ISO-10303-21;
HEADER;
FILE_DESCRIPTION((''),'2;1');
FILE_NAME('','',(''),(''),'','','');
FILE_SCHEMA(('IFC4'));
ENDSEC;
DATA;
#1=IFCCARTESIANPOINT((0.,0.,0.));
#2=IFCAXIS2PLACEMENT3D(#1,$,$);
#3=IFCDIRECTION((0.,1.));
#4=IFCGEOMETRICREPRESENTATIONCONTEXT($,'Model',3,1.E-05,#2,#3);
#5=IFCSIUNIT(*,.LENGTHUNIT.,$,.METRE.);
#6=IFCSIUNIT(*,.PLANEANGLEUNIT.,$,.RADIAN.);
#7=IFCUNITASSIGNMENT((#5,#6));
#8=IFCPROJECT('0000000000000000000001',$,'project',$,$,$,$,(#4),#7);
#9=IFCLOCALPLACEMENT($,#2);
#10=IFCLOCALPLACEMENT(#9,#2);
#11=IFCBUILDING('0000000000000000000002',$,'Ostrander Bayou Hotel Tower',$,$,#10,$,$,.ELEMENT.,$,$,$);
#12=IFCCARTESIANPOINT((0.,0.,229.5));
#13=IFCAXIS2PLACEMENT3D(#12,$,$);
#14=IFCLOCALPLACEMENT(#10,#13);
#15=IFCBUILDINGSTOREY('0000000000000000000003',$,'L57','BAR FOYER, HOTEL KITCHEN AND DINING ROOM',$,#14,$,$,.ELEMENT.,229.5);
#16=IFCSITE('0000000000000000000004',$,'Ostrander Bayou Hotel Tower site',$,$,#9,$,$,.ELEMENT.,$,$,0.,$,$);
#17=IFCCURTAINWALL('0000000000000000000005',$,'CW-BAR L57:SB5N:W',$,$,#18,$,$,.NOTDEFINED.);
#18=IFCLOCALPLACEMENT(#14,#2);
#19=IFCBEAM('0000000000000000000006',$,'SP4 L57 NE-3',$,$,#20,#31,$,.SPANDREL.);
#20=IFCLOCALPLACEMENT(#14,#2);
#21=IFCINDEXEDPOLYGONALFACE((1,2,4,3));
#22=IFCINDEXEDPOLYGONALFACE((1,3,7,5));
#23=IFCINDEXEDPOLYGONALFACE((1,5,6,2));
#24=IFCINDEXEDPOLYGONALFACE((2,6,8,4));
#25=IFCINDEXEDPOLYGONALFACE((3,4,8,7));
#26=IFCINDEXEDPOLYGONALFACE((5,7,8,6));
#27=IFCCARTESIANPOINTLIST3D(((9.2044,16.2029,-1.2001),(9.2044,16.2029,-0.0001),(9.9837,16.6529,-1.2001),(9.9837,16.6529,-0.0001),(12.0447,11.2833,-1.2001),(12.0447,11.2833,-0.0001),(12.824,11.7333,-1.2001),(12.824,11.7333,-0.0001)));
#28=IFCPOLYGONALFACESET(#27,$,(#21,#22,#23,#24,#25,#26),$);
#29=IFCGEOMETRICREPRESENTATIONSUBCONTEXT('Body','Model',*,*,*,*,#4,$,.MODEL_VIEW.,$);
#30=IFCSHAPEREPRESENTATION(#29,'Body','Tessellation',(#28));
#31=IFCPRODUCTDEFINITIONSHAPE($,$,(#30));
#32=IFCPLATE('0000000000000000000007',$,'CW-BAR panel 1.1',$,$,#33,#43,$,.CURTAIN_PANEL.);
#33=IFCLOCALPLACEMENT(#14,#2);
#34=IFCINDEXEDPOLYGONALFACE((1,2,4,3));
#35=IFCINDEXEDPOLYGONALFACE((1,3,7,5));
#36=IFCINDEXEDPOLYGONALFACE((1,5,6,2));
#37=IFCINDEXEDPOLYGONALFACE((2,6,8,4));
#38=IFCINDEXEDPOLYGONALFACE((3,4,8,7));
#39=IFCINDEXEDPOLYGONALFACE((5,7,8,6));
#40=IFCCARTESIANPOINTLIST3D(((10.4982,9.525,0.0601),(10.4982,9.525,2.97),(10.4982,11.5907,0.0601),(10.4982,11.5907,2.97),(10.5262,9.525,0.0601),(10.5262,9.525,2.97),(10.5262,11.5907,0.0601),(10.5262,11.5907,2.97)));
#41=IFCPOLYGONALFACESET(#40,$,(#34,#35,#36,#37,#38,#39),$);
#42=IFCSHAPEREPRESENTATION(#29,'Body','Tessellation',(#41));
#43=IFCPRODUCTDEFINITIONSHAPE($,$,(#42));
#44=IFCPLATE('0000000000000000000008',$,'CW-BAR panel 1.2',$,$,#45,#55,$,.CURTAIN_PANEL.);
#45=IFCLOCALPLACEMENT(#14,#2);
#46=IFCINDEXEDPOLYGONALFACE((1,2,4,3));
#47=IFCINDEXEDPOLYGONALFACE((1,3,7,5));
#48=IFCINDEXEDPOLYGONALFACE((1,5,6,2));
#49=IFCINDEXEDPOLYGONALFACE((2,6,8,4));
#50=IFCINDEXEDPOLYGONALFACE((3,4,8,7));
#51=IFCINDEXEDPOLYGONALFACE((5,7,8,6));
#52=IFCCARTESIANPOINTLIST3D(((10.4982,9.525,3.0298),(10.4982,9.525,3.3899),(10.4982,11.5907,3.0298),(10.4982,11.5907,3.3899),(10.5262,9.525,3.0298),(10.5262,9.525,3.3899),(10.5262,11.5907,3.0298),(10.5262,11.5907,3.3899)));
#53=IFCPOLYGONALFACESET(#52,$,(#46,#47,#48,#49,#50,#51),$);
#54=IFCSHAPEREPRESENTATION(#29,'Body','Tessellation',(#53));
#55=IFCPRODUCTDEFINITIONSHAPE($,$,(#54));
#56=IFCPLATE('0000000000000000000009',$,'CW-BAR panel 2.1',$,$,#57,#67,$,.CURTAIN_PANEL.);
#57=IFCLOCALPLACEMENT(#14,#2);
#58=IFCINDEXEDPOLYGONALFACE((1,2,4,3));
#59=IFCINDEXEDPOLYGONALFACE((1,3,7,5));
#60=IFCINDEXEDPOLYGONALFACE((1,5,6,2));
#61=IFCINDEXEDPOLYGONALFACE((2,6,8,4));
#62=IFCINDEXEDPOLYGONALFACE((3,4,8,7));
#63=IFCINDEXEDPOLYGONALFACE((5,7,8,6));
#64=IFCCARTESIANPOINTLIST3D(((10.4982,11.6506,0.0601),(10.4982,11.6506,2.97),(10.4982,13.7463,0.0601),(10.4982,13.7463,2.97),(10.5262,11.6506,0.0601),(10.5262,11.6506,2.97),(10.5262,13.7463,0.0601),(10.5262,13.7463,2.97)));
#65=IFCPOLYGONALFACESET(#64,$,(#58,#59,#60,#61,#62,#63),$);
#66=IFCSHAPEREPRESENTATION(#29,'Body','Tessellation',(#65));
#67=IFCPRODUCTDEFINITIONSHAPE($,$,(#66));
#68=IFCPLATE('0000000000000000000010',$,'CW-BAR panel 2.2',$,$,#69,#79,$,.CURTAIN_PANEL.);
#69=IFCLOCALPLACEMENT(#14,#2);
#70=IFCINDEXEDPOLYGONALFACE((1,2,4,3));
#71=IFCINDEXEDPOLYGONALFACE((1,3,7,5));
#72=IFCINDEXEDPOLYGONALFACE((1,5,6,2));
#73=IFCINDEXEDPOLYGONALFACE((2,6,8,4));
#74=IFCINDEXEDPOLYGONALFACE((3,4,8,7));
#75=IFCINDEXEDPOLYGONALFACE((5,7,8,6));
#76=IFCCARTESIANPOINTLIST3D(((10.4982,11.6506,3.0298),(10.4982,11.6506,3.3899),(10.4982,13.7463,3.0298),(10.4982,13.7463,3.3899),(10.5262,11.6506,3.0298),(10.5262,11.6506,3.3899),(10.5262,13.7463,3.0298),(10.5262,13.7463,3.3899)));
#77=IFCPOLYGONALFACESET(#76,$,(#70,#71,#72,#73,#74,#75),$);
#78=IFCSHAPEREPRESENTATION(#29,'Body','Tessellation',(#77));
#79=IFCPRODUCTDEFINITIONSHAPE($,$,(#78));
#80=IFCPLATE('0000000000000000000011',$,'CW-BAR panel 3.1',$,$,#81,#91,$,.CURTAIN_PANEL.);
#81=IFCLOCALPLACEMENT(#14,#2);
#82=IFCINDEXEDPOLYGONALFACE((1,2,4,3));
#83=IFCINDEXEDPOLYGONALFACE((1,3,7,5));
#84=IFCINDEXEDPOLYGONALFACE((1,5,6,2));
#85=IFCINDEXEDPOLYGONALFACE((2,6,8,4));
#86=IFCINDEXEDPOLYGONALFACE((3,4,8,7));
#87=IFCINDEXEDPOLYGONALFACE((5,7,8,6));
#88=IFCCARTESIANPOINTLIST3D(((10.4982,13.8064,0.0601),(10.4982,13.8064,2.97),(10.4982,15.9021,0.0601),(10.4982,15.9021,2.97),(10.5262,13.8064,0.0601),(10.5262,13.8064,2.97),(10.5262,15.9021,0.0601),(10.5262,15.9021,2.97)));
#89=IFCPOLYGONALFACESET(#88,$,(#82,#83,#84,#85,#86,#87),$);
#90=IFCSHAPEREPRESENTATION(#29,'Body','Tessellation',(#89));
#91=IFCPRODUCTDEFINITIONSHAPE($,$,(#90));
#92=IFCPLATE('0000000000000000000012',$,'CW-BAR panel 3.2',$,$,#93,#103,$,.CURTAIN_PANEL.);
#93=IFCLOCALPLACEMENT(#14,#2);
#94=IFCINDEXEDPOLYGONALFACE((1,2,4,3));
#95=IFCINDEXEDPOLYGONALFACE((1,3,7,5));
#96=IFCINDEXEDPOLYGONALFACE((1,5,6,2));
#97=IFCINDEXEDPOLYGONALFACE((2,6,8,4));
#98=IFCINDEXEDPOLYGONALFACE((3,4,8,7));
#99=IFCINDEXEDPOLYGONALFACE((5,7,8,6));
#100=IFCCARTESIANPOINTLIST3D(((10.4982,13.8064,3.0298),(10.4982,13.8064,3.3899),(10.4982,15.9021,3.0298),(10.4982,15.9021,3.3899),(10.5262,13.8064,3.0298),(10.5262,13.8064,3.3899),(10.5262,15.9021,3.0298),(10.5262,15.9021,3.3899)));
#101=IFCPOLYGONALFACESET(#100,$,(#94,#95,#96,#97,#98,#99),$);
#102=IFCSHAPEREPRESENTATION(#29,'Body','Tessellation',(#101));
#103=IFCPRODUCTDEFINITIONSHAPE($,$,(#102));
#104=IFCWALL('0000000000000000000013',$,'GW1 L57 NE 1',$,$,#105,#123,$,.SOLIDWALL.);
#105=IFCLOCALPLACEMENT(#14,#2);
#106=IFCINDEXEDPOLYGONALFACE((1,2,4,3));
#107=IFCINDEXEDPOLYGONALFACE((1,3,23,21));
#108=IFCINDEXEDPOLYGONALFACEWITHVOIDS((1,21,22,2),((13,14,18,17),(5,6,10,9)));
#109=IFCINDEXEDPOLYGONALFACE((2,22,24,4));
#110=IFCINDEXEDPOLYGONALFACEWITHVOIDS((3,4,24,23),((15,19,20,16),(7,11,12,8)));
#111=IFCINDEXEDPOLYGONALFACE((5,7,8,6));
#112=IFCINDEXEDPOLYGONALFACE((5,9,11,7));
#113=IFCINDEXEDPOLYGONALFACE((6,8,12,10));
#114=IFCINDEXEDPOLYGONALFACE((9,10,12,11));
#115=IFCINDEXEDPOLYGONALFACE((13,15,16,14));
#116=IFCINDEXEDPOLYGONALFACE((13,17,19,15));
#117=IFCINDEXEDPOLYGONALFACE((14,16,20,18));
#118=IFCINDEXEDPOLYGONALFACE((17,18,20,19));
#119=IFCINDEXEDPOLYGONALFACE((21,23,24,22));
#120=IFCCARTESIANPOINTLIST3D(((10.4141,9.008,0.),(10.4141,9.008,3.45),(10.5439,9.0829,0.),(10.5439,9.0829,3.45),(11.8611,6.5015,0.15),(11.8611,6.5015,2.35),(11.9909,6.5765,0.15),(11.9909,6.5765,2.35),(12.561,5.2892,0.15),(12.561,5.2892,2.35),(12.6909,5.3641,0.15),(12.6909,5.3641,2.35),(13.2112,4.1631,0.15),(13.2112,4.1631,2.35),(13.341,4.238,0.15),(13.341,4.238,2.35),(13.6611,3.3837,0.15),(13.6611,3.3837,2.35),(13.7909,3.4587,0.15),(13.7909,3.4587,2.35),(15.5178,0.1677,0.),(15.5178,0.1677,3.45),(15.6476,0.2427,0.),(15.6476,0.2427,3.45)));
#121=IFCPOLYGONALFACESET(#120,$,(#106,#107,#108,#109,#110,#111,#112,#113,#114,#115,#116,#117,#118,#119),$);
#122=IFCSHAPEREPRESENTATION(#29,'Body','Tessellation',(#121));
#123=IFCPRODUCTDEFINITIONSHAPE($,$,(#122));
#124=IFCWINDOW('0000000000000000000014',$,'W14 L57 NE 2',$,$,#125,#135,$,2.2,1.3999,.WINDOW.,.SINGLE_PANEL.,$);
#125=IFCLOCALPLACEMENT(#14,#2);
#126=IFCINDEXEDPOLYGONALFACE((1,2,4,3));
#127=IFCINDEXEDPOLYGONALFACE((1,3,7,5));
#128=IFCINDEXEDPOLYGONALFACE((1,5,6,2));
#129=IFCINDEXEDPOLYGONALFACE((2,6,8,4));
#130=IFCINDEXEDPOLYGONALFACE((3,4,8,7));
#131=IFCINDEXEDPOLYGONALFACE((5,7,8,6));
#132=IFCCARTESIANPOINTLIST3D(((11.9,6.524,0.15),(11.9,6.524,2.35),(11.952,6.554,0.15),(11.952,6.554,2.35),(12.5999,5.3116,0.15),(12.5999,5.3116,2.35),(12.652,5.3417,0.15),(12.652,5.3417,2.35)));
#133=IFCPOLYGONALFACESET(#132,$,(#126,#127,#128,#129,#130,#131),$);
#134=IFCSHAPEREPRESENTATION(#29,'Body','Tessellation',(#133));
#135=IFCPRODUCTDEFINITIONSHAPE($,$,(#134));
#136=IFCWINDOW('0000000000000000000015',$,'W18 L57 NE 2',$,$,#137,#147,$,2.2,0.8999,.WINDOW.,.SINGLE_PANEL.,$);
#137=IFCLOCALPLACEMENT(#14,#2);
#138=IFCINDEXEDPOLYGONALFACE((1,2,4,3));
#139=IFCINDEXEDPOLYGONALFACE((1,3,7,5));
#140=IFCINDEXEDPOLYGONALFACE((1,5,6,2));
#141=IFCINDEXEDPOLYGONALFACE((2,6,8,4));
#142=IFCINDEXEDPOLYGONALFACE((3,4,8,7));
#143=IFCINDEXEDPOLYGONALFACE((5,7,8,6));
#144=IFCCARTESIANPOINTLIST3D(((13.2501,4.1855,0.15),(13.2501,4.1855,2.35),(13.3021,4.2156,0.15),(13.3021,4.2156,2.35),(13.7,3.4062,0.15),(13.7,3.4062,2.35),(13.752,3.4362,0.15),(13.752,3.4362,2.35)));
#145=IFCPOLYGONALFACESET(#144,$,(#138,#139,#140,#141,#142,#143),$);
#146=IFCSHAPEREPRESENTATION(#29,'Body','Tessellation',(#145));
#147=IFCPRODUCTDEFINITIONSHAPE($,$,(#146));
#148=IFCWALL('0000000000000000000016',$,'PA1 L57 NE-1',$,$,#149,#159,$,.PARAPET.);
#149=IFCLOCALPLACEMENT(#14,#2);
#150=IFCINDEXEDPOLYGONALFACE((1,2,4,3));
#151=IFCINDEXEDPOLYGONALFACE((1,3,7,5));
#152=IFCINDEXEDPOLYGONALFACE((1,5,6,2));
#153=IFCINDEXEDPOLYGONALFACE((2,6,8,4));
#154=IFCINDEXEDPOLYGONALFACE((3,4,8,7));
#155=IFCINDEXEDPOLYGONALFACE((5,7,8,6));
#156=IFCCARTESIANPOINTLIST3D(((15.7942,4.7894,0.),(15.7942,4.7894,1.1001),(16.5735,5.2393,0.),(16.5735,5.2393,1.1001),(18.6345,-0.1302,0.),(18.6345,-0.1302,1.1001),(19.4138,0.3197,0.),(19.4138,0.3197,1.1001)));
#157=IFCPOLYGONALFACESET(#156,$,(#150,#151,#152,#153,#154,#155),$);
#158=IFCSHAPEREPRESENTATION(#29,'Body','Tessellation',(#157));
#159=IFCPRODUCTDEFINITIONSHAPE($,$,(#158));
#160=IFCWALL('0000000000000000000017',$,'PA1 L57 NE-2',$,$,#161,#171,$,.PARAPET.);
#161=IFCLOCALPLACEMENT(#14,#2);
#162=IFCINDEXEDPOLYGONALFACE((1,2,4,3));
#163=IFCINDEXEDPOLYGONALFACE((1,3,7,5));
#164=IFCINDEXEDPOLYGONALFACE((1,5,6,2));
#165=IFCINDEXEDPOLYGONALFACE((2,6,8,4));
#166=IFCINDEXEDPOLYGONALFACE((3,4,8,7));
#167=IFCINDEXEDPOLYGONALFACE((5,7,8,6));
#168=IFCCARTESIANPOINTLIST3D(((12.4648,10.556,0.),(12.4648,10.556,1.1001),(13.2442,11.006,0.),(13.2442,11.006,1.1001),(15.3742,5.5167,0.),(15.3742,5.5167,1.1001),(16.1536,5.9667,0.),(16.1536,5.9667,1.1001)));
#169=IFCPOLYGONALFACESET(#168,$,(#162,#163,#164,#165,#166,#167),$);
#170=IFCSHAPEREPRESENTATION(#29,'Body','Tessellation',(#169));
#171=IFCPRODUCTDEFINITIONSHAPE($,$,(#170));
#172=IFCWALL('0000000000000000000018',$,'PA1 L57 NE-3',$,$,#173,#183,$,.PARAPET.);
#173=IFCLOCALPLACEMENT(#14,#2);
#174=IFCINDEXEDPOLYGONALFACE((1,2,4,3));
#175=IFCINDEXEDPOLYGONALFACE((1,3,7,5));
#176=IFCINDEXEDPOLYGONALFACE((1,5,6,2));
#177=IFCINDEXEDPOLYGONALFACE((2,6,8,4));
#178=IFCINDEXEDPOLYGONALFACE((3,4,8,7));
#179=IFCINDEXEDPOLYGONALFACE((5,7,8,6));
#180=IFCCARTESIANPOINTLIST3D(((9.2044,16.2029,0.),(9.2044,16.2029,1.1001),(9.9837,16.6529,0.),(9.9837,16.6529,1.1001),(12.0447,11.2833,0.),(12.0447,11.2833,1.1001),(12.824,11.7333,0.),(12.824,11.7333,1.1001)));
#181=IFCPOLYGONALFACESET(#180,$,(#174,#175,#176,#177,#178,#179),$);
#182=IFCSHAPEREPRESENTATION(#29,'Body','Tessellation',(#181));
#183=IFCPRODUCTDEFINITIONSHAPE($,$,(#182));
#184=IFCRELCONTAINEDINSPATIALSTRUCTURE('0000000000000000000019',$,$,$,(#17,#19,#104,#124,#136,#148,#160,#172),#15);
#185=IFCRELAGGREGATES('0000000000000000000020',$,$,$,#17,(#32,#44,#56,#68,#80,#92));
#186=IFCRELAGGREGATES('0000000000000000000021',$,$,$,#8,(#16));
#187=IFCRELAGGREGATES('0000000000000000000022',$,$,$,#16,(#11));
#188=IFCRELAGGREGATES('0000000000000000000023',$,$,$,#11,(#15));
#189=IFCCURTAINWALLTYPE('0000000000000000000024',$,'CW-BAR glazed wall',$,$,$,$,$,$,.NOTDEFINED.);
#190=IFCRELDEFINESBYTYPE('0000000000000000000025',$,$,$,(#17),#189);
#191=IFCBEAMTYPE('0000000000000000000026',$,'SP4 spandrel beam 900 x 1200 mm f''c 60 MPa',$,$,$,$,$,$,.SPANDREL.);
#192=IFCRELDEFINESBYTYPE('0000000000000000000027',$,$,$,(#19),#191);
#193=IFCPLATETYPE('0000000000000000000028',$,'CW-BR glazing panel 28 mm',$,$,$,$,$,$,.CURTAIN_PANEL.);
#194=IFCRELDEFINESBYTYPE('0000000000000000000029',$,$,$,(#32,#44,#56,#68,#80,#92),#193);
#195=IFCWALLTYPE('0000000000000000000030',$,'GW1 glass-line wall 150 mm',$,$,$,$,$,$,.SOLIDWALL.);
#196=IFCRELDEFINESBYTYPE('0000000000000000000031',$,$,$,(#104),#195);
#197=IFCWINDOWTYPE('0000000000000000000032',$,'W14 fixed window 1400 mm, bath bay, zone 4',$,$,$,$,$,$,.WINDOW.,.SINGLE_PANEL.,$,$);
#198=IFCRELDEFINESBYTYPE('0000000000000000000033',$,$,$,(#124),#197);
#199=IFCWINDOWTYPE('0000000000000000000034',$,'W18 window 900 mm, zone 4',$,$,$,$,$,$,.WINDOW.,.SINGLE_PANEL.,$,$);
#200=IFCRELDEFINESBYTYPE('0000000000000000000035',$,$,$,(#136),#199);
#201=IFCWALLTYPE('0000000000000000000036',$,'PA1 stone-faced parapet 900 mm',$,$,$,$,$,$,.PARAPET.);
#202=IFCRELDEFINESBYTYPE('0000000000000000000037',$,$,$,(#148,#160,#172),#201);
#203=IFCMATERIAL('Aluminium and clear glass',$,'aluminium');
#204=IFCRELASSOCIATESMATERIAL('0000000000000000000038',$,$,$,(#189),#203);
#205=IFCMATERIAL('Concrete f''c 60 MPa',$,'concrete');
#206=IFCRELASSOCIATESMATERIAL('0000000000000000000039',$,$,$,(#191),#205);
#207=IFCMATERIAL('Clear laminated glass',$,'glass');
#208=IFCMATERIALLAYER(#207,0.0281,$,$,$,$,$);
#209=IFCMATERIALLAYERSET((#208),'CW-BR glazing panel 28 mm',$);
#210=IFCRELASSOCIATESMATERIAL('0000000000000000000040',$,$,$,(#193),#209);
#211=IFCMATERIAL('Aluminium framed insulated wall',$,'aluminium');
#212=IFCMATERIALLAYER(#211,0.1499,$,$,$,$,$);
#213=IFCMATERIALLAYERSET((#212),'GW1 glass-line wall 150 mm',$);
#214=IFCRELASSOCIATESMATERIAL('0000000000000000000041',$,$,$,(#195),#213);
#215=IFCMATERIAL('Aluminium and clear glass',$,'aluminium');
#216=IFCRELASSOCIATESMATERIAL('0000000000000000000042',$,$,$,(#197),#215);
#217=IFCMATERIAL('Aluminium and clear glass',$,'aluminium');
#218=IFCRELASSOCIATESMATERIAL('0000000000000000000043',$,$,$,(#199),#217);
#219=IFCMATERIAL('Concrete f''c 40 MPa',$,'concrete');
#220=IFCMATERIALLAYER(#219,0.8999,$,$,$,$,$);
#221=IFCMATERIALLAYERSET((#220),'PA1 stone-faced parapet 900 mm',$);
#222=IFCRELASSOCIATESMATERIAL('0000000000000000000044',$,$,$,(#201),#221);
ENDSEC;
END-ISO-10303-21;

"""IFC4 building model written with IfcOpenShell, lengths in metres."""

from ifc_helpers import new_model, si_unit, direction, frame, frame_2d, origin, origin_2d, place, context, subcontext, project, spatial, rectangle, extrude, material, layer, layer_set, material_profile, profile_set, type_object, element, fill, aggregate, save


model = new_model("IFC4")

# Units and contexts
model_context = context("Model", 3, precision=1e-05, world=origin(), true_north=direction((0.0, 1.0)))
body_context = subcontext(model_context, "Body", "Model", "MODEL_VIEW")
ifc_project = project(units=[si_unit("LENGTHUNIT", "METRE"), si_unit("PLANEANGLEUNIT", "RADIAN")], contexts=[model_context])

# Site, building, storey
site_placement = place(None, origin())
site = spatial("IfcSite", under=ifc_project, at=site_placement, Name="Ostrander Bayou Hotel Tower site", CompositionType="ELEMENT", RefElevation=0.0)
building_placement = place(site_placement, origin())
building = spatial("IfcBuilding", under=site, at=building_placement, Name="Ostrander Bayou Hotel Tower", CompositionType="ELEMENT")
storey_placement = place(building_placement, frame((0.0, 0.0, 229.5)))
storey = spatial("IfcBuildingStorey", under=building, at=storey_placement, Name="L57", Description="BAR FOYER, HOTEL KITCHEN AND DINING ROOM", CompositionType="ELEMENT", Elevation=229.5)

# Curtain wall
ifc_material_1 = material(Name="Aluminium and clear glass", Category="aluminium")
curtain_wall_type = type_object("IfcCurtainWallType", Name="CW-BAR glazed wall", PredefinedType="NOTDEFINED", material=ifc_material_1)
curtain_wall_placement = place(storey_placement, origin())
curtain_wall = element("IfcCurtainWall", 1, at=curtain_wall_placement, inside=storey, type_object=curtain_wall_type, Name="CW-BAR L57:SB5N:W", PredefinedType="NOTDEFINED")

# Beam
ifc_material_2 = material(Name="Concrete f'c 60 MPa", Category="concrete")
ifc_material_profile_1 = material_profile(ifc_material_2, rectangle(XDim=0.8999, YDim=1.2, at=origin_2d()))
ifc_profile_set_1 = profile_set([ifc_material_profile_1], Name="Concrete f'c 60 MPa")
beam_type_1 = type_object("IfcBeamType", Name="SP4 spandrel beam 900 x 1200 mm f'c 60 MPa", PredefinedType="SPANDREL", material=ifc_profile_set_1)
beam_1_placement = place(storey_placement, frame((12.4343, 11.5083, -0.6001), z_axis=(-0.499994, 0.866029, 0.0), x_axis=(-0.866029, -0.499994, 0.0)))
element("IfcBeam", 2, at=beam_1_placement, inside=storey, type_object=beam_type_1, Name="SP4 L57 NE-3", PredefinedType="SPANDREL", context=body_context, shape_type="SweptSolid", body=[
    extrude(rectangle(XDim=0.8999, YDim=1.2, at=origin_2d()), origin(), (0.0, 0.0, 1.0), 5.6807),
])

# Plates
ifc_material_3 = material(Name="Clear laminated glass", Category="glass")
ifc_layer_1 = layer(ifc_material_3, 0.0281)
ifc_layer_set_1 = layer_set([ifc_layer_1], Name="CW-BR glazing panel 28 mm")
plate_type = type_object("IfcPlateType", Name="CW-BR glazing panel 28 mm", PredefinedType="CURTAIN_PANEL", material=ifc_layer_set_1)
plate_1_placement = place(storey_placement, frame((10.5122, 10.5579, 0.0601), z_axis=(0.0, 0.0, 1.0), x_axis=(0.0, 1.0, 0.0)))
plate_1 = element("IfcPlate", 3, at=plate_1_placement, type_object=plate_type, Name="CW-BAR panel 1.1", PredefinedType="CURTAIN_PANEL", context=body_context, shape_type="SweptSolid", body=[
    extrude(rectangle(XDim=2.0657, YDim=0.0281, at=origin_2d()), origin(), (0.0, 0.0, 1.0), 2.9099),
])
plate_2_placement = place(storey_placement, frame((10.5122, 10.5579, 3.0298), z_axis=(0.0, 0.0, 1.0), x_axis=(0.0, 1.0, 0.0)))
plate_2 = element("IfcPlate", 4, at=plate_2_placement, type_object=plate_type, Name="CW-BAR panel 1.2", PredefinedType="CURTAIN_PANEL", context=body_context, shape_type="SweptSolid", body=[
    extrude(rectangle(XDim=2.0657, YDim=0.0281, at=origin_2d()), origin(), (0.0, 0.0, 1.0), 0.3601),
])
plate_3_placement = place(storey_placement, frame((10.5122, 12.6985, 0.0601), z_axis=(0.0, 0.0, 1.0), x_axis=(0.0, 1.0, 0.0)))
plate_3 = element("IfcPlate", 5, at=plate_3_placement, type_object=plate_type, Name="CW-BAR panel 2.1", PredefinedType="CURTAIN_PANEL", context=body_context, shape_type="SweptSolid", body=[
    extrude(rectangle(XDim=2.0957, YDim=0.0281, at=origin_2d()), origin(), (0.0, 0.0, 1.0), 2.9099),
])
plate_4_placement = place(storey_placement, frame((10.5122, 12.6985, 3.0298), z_axis=(0.0, 0.0, 1.0), x_axis=(0.0, 1.0, 0.0)))
plate_4 = element("IfcPlate", 6, at=plate_4_placement, type_object=plate_type, Name="CW-BAR panel 2.2", PredefinedType="CURTAIN_PANEL", context=body_context, shape_type="SweptSolid", body=[
    extrude(rectangle(XDim=2.0957, YDim=0.0281, at=origin_2d()), origin(), (0.0, 0.0, 1.0), 0.3601),
])
plate_5_placement = place(storey_placement, frame((10.5122, 14.8542, 0.0601), z_axis=(0.0, 0.0, 1.0), x_axis=(0.0, 1.0, 0.0)))
plate_5 = element("IfcPlate", 7, at=plate_5_placement, type_object=plate_type, Name="CW-BAR panel 3.1", PredefinedType="CURTAIN_PANEL", context=body_context, shape_type="SweptSolid", body=[
    extrude(rectangle(XDim=2.0957, YDim=0.0281, at=origin_2d()), origin(), (0.0, 0.0, 1.0), 2.9099),
])
plate_6_placement = place(storey_placement, frame((10.5122, 14.8542, 3.0298), z_axis=(0.0, 0.0, 1.0), x_axis=(0.0, 1.0, 0.0)))
plate_6 = element("IfcPlate", 8, at=plate_6_placement, type_object=plate_type, Name="CW-BAR panel 3.2", PredefinedType="CURTAIN_PANEL", context=body_context, shape_type="SweptSolid", body=[
    extrude(rectangle(XDim=2.0957, YDim=0.0281, at=origin_2d()), origin(), (0.0, 0.0, 1.0), 0.3601),
])
aggregate(curtain_wall, [plate_1, plate_2, plate_3, plate_4, plate_5, plate_6])

# Wall, openings, windows
ifc_material_4 = material(Name="Aluminium framed insulated wall", Category="aluminium")
ifc_layer_2 = layer(ifc_material_4, 0.1499)
ifc_layer_set_2 = layer_set([ifc_layer_2], Name="GW1 glass-line wall 150 mm")
wall_type_1 = type_object("IfcWallType", Name="GW1 glass-line wall 150 mm", PredefinedType="SOLIDWALL", material=ifc_layer_set_2)
wall_1_placement = place(storey_placement, frame((15.5828, 0.2051, 0.0), z_axis=(0.0, 0.0, 1.0), x_axis=(-0.499985, 0.866034, 0.0)))
wall_1 = element("IfcWall", 9, at=wall_1_placement, inside=storey, type_object=wall_type_1, Name="GW1 L57 NE 1", PredefinedType="SOLIDWALL", context=body_context, shape_type="SweptSolid", body=[
    extrude(rectangle(XDim=10.2078, YDim=0.1499, at=frame_2d((5.104, 0.0))), origin(), (0.0, 0.0, 1.0), 3.45),
])
opening_1_placement = place(wall_1_placement, frame((3.7136, 0.0, 0.1499)))
opening_1 = element("IfcOpeningElement", 10, at=opening_1_placement, cuts=wall_1, PredefinedType="OPENING", context=body_context, shape_type="SweptSolid", body=[
    extrude(rectangle(XDim=0.8999, YDim=2.2, at=frame_2d((0.45, 1.1001))), frame((0.0, 0.075, 0.0), z_axis=(0.0, -1.0, 0.0), x_axis=(1.0, 0.0, 0.0)), (0.0, 0.0, 1.0), 0.1499),
])
opening_2_placement = place(wall_1_placement, frame((5.9138, 0.0, 0.1499)))
opening_2 = element("IfcOpeningElement", 11, at=opening_2_placement, cuts=wall_1, PredefinedType="OPENING", context=body_context, shape_type="SweptSolid", body=[
    extrude(rectangle(XDim=1.3999, YDim=2.2, at=frame_2d((0.7, 1.1001))), frame((0.0, 0.075, 0.0), z_axis=(0.0, -1.0, 0.0), x_axis=(1.0, 0.0, 0.0)), (0.0, 0.0, 1.0), 0.1499),
])
ifc_material_5 = material(Name="Aluminium and clear glass", Category="aluminium")
window_type_1 = type_object("IfcWindowType", Name="W14 fixed window 1400 mm, bath bay, zone 4", PartitioningType="SINGLE_PANEL", PredefinedType="WINDOW", material=ifc_material_5)
window_1_placement = place(opening_2_placement, origin())
window_1 = element("IfcWindow", 12, at=window_1_placement, inside=storey, type_object=window_type_1, Name="W14 L57 NE 2", OverallHeight=2.2, OverallWidth=1.3999, PartitioningType="SINGLE_PANEL", PredefinedType="WINDOW", context=body_context, shape_type="SweptSolid", body=[
    extrude(rectangle(XDim=1.3999, YDim=2.2, at=frame_2d((0.7, 1.1001))), frame((0.0, 0.03, 0.0), z_axis=(0.0, -1.0, 0.0), x_axis=(1.0, 0.0, 0.0)), (0.0, 0.0, 1.0), 0.0601),
])
fill(opening_2, window_1)
ifc_material_6 = material(Name="Aluminium and clear glass", Category="aluminium")
window_type_2 = type_object("IfcWindowType", Name="W18 window 900 mm, zone 4", PartitioningType="SINGLE_PANEL", PredefinedType="WINDOW", material=ifc_material_6)
window_2_placement = place(opening_1_placement, origin())
window_2 = element("IfcWindow", 13, at=window_2_placement, inside=storey, type_object=window_type_2, Name="W18 L57 NE 2", OverallHeight=2.2, OverallWidth=0.8999, PartitioningType="SINGLE_PANEL", PredefinedType="WINDOW", context=body_context, shape_type="SweptSolid", body=[
    extrude(rectangle(XDim=0.8999, YDim=2.2, at=frame_2d((0.45, 1.1001))), frame((0.0, 0.03, 0.0), z_axis=(0.0, -1.0, 0.0), x_axis=(1.0, 0.0, 0.0)), (0.0, 0.0, 1.0), 0.0601),
])
fill(opening_1, window_2)

# Walls
ifc_material_7 = material(Name="Concrete f'c 40 MPa", Category="concrete")
ifc_layer_3 = layer(ifc_material_7, 0.8999)
ifc_layer_set_3 = layer_set([ifc_layer_3], Name="PA1 stone-faced parapet 900 mm")
wall_type_2 = type_object("IfcWallType", Name="PA1 stone-faced parapet 900 mm", PredefinedType="PARAPET", material=ifc_layer_set_3)
wall_2_placement = place(storey_placement, frame((19.0242, 0.0947, 0.0), z_axis=(0.0, 0.0, 1.0), x_axis=(-0.499994, 0.866029, 0.0)))
element("IfcWall", 14, at=wall_2_placement, inside=storey, type_object=wall_type_2, Name="PA1 L57 NE-1", PredefinedType="PARAPET", context=body_context, shape_type="SweptSolid", body=[
    extrude(rectangle(XDim=5.6807, YDim=0.8999, at=frame_2d((2.8403, 0.0))), origin(), (0.0, 0.0, 1.0), 1.1001),
])
wall_3_placement = place(storey_placement, frame((15.7639, 5.7417, 0.0), z_axis=(0.0, 0.0, 1.0), x_axis=(-0.499997, 0.866027, 0.0)))
element("IfcWall", 15, at=wall_3_placement, inside=storey, type_object=wall_type_2, Name="PA1 L57 NE-2", PredefinedType="PARAPET", context=body_context, shape_type="SweptSolid", body=[
    extrude(rectangle(XDim=5.8188, YDim=0.8999, at=frame_2d((2.9094, 0.0))), origin(), (0.0, 0.0, 1.0), 1.1001),
])
wall_4_placement = place(storey_placement, frame((12.4343, 11.5083, 0.0), z_axis=(0.0, 0.0, 1.0), x_axis=(-0.499994, 0.866029, 0.0)))
element("IfcWall", 16, at=wall_4_placement, inside=storey, type_object=wall_type_2, Name="PA1 L57 NE-3", PredefinedType="PARAPET", context=body_context, shape_type="SweptSolid", body=[
    extrude(rectangle(XDim=5.6807, YDim=0.8999, at=frame_2d((2.8403, 0.0))), origin(), (0.0, 0.0, 1.0), 1.1001),
])

save(model, "model.ifc")
